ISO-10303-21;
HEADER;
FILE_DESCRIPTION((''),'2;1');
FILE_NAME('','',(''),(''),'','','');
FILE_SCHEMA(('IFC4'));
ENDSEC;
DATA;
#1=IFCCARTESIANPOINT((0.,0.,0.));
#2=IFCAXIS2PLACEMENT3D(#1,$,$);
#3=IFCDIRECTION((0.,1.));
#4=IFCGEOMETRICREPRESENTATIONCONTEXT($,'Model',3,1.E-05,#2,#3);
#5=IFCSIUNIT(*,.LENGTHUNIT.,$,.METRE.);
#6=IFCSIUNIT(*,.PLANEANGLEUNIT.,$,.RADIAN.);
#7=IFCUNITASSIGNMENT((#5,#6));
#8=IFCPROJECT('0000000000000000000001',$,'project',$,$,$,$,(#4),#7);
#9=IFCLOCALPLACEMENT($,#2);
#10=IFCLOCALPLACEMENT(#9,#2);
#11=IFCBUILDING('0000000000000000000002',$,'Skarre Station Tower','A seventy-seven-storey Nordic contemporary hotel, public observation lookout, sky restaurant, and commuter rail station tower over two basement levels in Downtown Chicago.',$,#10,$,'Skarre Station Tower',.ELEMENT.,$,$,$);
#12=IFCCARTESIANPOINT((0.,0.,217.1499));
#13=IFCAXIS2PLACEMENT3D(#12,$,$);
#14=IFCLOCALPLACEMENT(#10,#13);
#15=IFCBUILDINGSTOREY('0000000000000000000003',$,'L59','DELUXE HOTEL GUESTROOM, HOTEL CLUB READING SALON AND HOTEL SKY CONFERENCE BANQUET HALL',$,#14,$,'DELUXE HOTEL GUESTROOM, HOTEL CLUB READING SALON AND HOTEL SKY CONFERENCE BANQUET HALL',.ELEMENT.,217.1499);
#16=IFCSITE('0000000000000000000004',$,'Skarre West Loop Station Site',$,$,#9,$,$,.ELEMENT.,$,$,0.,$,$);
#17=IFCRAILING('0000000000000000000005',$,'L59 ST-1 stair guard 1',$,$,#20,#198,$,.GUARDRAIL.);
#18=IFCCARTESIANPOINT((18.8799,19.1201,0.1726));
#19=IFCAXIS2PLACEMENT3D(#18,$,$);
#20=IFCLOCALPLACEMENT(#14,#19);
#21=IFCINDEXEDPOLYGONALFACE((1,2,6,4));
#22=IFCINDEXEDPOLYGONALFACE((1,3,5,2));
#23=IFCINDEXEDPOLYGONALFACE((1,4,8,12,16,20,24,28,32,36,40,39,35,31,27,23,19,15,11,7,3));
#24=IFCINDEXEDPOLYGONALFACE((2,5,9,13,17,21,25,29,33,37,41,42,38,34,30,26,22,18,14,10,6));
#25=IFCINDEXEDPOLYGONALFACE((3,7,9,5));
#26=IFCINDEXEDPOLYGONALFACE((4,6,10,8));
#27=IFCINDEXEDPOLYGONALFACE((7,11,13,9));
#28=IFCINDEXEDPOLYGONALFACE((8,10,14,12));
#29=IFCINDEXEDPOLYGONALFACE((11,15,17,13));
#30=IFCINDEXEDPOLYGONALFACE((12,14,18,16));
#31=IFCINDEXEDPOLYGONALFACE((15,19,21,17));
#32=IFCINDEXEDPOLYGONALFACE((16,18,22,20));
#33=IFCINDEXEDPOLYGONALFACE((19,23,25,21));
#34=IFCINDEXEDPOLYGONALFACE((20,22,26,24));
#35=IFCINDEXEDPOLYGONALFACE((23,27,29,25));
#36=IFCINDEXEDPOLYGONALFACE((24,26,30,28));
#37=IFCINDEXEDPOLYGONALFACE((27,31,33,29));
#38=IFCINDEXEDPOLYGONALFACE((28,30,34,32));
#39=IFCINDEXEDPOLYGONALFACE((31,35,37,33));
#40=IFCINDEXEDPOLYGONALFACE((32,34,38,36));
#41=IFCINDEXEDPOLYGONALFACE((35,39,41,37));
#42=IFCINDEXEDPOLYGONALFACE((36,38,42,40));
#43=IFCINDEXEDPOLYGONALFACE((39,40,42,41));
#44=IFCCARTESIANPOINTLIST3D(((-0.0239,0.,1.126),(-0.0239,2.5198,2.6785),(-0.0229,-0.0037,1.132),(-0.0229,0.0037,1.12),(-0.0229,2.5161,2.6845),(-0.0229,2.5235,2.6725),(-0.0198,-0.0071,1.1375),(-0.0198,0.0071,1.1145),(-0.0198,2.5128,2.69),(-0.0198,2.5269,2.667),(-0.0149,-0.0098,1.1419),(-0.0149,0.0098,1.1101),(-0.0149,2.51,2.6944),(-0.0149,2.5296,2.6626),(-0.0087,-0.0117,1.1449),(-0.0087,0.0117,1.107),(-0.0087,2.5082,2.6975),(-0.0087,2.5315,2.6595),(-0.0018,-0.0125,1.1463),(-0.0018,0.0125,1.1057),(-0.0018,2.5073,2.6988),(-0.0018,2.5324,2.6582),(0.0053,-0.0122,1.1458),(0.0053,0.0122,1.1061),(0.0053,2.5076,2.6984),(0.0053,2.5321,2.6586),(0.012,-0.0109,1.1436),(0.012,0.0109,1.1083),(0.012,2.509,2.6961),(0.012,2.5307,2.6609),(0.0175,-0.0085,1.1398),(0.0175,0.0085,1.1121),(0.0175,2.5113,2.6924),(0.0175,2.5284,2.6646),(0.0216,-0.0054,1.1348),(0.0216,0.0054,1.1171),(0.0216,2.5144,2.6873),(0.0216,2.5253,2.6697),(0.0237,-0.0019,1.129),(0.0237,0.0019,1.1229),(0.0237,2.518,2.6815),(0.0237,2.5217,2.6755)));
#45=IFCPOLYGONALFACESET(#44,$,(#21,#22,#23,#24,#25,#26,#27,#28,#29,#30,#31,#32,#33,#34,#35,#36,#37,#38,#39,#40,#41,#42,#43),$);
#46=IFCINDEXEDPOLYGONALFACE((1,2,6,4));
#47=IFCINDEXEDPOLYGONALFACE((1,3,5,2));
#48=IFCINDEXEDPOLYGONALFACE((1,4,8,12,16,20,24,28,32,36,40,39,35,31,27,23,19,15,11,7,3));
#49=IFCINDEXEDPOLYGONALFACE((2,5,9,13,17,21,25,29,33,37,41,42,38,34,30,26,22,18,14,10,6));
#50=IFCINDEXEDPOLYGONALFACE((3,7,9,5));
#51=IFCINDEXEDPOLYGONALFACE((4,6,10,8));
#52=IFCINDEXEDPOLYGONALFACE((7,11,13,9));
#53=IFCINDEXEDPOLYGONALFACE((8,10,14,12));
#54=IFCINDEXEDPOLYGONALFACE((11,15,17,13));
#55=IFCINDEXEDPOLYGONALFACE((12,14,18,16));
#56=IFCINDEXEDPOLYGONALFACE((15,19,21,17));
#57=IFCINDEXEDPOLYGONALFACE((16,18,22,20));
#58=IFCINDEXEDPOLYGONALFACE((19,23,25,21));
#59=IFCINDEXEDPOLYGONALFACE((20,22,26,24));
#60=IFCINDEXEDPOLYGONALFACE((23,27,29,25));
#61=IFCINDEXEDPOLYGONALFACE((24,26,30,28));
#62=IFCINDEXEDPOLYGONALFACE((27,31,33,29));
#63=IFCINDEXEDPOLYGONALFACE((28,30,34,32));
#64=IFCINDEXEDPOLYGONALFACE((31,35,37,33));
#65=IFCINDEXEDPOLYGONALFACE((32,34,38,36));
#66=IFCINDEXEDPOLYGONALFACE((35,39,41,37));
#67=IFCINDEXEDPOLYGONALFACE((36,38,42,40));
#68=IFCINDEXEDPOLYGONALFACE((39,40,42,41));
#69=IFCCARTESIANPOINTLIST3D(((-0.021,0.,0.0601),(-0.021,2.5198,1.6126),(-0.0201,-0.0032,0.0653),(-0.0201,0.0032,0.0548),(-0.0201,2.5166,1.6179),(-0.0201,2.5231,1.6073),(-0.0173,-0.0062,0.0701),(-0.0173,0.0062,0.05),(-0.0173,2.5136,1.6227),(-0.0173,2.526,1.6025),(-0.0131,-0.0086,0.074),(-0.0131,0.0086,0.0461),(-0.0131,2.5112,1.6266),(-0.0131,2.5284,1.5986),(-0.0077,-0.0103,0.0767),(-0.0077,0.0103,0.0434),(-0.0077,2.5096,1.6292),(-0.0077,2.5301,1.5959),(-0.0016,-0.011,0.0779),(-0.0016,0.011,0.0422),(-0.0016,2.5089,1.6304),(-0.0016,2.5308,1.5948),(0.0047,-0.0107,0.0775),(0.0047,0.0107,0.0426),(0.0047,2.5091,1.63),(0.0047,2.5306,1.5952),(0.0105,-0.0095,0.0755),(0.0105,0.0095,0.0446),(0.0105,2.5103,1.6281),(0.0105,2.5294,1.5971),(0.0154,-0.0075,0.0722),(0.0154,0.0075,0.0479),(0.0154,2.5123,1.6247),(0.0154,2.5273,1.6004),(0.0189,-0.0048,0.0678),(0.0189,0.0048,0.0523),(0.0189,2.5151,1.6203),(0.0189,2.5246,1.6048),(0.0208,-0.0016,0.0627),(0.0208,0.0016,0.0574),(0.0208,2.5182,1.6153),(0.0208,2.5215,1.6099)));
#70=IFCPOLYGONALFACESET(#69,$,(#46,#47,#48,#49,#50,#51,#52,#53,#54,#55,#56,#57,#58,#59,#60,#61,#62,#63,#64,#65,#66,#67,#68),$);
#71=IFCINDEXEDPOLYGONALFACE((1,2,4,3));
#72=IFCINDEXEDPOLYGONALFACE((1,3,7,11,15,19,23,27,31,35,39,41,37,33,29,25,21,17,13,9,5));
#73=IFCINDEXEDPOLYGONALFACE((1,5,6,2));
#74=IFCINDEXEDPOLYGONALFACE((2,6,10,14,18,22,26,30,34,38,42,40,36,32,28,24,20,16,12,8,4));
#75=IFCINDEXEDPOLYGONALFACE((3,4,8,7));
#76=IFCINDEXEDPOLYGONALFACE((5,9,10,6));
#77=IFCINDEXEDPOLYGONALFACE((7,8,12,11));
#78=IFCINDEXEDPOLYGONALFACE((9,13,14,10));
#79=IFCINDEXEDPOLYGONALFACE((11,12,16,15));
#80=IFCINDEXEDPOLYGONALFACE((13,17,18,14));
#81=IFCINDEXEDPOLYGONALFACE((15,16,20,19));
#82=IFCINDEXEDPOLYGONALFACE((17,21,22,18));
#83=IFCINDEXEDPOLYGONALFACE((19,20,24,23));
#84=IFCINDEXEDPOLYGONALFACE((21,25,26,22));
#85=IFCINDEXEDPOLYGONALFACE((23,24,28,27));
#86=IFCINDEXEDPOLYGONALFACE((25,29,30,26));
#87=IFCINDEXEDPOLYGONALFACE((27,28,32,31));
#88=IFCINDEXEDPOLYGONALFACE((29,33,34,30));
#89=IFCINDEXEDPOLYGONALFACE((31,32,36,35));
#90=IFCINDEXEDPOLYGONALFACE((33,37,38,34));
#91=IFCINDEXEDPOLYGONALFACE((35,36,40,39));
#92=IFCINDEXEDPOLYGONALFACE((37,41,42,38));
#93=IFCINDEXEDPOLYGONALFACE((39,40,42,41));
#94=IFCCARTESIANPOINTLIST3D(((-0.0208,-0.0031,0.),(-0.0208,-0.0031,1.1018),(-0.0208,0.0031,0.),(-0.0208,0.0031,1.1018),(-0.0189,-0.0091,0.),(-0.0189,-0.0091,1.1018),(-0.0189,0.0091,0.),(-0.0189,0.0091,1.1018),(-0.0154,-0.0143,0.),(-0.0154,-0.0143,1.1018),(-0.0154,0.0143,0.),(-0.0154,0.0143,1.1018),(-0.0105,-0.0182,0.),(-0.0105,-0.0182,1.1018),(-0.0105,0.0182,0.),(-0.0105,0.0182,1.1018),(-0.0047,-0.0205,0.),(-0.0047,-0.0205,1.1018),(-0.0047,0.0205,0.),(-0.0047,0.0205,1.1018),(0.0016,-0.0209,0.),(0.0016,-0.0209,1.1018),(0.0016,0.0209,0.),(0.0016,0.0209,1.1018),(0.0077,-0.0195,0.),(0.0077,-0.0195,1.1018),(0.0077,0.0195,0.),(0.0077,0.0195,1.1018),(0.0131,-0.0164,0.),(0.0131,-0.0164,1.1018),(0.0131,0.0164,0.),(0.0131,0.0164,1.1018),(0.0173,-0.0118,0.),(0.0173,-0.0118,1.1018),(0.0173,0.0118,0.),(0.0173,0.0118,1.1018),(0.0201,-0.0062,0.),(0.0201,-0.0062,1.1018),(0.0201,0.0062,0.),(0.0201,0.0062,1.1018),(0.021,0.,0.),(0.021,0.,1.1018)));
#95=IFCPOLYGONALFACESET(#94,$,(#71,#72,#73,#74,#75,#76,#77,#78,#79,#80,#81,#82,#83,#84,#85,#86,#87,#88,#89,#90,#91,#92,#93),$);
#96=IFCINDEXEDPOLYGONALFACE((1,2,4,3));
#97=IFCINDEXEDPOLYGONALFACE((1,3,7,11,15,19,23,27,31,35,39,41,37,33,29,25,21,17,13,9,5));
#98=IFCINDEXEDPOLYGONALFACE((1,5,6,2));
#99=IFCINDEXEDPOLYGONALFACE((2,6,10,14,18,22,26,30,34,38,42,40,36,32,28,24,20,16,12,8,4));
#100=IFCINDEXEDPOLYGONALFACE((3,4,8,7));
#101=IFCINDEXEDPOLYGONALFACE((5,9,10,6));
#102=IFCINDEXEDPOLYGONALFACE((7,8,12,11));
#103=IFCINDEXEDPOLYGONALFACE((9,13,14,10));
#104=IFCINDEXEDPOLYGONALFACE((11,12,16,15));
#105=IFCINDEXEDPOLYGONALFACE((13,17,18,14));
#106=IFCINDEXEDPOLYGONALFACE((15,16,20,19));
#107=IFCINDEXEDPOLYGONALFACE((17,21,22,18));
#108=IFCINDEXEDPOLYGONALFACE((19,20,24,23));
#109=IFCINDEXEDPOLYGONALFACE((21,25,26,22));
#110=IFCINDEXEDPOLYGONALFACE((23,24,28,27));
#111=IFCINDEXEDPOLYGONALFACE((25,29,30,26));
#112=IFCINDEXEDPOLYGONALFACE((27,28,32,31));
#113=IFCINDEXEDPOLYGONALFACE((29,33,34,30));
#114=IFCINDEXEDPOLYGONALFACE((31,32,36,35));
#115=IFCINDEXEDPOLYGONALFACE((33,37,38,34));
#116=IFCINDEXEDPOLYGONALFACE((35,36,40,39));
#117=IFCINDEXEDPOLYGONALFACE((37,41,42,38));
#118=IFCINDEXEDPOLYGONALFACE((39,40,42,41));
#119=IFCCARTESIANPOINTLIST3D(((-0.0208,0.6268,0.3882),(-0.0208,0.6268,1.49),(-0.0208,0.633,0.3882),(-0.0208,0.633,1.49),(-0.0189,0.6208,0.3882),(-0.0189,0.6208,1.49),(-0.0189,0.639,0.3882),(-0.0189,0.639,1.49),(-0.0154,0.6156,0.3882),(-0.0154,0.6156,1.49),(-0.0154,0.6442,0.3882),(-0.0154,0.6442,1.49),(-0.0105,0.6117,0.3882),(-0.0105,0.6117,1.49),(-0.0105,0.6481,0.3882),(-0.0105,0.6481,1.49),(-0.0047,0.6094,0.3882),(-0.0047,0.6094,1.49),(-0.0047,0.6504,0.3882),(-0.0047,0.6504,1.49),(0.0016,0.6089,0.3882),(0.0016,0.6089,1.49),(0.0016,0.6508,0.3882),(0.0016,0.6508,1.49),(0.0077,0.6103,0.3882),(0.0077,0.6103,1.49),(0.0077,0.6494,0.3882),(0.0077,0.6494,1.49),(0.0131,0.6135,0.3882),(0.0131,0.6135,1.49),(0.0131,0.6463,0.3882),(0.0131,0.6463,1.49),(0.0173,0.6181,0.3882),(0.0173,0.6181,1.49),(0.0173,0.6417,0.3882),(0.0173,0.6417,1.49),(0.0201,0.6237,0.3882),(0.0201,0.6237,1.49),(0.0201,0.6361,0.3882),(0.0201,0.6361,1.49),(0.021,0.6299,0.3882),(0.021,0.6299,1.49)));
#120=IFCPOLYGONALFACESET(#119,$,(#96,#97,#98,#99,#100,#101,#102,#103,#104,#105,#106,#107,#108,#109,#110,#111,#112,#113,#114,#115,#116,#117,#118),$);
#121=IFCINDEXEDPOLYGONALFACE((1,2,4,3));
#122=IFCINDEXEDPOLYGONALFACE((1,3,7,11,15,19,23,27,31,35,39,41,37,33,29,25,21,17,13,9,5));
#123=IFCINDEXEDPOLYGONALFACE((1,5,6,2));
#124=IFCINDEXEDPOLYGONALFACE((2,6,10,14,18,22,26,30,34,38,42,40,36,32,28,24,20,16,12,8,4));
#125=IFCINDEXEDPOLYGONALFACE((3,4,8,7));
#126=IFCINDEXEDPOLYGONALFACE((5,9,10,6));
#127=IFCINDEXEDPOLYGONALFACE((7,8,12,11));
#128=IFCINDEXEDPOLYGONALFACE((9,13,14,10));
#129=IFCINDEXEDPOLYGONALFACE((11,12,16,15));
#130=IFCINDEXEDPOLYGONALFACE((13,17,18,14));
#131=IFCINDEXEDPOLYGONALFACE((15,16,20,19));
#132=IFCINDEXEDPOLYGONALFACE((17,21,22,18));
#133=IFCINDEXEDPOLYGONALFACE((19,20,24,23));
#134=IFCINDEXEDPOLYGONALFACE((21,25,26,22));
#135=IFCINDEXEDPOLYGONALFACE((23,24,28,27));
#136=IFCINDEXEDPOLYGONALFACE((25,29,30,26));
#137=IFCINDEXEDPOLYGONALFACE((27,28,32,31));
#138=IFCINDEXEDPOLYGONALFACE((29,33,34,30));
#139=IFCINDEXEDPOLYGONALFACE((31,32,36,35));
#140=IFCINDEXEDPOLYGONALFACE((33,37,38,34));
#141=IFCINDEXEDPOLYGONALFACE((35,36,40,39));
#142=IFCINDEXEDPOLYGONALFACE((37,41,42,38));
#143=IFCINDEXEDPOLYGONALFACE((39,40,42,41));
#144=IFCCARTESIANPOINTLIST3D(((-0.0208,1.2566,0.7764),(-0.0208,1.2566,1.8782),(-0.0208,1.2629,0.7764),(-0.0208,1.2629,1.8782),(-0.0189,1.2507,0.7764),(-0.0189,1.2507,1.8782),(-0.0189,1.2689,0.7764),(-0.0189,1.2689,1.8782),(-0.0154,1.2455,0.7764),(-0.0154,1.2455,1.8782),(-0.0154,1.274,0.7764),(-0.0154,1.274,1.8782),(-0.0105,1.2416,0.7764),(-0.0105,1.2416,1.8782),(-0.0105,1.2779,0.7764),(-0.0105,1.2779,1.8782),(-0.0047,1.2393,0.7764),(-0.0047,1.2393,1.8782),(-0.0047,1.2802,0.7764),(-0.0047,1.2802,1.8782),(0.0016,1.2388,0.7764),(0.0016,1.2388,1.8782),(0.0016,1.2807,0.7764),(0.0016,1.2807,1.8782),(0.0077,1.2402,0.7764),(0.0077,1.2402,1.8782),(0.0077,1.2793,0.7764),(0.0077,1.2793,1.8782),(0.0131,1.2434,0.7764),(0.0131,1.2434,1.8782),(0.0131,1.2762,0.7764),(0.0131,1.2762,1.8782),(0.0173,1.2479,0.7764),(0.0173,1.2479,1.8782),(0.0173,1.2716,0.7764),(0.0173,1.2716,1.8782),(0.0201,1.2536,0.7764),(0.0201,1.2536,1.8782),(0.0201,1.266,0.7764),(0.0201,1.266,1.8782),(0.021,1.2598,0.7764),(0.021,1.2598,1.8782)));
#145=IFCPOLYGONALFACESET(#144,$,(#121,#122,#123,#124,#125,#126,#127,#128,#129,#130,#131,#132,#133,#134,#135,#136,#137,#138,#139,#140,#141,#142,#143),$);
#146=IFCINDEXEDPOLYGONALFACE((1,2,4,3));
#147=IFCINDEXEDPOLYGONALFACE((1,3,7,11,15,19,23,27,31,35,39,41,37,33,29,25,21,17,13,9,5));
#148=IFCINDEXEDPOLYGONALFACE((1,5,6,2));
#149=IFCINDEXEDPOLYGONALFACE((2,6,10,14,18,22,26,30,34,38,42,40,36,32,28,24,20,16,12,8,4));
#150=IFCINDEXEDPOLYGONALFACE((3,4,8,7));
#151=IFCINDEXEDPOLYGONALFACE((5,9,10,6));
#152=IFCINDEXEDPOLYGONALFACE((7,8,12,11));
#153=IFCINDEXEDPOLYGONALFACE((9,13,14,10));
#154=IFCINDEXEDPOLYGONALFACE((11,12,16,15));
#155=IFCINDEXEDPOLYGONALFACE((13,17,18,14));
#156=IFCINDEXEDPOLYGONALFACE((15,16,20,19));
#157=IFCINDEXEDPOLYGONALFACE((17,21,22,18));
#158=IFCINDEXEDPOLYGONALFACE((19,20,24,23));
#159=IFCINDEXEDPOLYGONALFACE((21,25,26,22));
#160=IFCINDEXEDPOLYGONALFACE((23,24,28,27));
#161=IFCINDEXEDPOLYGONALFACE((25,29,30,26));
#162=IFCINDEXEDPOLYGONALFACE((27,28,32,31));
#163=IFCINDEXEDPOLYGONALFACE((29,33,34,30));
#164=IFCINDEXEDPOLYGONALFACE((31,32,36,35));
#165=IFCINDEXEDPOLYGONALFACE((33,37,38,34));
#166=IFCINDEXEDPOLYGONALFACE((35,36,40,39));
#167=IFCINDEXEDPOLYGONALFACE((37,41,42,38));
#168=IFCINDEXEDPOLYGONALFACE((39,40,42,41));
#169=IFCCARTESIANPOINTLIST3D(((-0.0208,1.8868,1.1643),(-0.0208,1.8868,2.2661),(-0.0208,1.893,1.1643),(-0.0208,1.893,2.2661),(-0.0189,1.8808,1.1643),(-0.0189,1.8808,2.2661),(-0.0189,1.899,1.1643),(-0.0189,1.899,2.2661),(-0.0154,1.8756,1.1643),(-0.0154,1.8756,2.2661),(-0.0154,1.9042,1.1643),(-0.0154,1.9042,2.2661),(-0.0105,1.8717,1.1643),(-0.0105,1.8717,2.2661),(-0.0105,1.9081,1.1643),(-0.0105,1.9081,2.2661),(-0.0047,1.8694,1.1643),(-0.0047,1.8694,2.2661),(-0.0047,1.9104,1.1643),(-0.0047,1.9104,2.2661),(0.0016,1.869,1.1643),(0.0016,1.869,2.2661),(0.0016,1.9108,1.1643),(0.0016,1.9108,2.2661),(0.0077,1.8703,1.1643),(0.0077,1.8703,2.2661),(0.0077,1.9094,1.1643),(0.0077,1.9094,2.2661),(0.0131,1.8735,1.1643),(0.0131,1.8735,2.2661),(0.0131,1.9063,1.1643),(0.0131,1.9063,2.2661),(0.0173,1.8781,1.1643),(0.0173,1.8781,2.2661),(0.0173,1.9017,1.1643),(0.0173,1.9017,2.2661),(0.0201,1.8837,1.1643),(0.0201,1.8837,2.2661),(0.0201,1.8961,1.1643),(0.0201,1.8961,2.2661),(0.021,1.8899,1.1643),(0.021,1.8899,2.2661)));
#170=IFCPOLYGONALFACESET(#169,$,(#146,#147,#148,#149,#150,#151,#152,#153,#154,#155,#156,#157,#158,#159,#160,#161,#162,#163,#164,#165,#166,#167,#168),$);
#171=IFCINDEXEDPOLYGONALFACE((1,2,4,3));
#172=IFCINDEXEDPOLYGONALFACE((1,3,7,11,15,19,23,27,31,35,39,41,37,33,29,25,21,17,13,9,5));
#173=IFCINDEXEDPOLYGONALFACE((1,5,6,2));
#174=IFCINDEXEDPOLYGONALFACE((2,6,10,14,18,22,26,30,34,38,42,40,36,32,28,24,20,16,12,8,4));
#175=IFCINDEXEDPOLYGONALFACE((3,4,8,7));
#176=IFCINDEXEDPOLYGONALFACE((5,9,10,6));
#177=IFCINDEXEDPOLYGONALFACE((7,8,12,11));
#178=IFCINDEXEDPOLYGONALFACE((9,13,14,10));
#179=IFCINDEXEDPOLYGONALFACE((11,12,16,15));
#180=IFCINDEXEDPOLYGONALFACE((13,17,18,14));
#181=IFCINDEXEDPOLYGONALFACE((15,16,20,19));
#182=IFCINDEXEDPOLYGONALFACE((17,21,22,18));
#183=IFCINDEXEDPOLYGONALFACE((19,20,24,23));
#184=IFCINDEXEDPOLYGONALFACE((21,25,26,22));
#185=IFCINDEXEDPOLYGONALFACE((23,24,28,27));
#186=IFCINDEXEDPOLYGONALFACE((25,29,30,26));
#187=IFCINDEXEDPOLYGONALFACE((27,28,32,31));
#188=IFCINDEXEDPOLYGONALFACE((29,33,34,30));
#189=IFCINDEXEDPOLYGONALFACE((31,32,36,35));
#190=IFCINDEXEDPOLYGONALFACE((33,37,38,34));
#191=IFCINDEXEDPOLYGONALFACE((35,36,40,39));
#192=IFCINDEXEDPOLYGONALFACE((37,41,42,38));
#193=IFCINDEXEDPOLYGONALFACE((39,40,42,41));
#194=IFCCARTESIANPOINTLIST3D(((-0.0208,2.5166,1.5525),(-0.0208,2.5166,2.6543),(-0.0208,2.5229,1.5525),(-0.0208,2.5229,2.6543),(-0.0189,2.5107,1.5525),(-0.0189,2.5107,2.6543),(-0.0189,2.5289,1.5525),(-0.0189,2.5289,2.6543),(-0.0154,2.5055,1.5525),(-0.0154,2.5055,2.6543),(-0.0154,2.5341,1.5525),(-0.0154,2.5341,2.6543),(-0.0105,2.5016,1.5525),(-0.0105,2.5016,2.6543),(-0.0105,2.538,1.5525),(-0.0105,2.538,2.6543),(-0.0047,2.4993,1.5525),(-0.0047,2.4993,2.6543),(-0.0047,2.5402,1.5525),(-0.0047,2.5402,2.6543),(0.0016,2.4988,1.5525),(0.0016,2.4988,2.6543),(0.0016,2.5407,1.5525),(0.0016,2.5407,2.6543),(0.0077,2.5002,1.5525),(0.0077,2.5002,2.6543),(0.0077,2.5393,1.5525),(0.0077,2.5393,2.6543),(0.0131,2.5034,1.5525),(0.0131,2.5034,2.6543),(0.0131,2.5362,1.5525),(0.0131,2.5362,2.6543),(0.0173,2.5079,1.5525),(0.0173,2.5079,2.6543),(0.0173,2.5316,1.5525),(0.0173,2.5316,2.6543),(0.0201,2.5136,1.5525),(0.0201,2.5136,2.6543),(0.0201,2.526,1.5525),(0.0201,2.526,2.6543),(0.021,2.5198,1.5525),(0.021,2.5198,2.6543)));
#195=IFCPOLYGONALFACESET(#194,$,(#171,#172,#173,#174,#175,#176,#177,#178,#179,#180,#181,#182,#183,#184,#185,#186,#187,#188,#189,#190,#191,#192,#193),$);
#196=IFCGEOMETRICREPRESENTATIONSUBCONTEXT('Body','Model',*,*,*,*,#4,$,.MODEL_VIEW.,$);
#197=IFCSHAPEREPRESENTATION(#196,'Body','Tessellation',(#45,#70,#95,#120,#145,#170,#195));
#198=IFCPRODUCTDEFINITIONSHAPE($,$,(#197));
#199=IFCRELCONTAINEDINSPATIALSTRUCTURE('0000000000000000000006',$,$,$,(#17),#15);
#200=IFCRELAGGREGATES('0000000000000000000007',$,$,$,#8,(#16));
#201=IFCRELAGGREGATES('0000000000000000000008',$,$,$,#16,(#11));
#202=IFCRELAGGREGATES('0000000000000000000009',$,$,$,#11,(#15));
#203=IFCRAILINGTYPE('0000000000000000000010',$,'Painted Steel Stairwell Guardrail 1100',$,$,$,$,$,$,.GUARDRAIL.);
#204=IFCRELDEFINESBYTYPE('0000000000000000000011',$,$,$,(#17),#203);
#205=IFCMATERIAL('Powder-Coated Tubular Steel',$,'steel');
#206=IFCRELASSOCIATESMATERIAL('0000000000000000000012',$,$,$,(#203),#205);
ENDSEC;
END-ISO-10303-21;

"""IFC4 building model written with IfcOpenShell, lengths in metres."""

from ifc_helpers import new_model, si_unit, direction, frame, origin, origin_2d, place, context, subcontext, project, spatial, circle, extrude, material, type_object, element, save


model = new_model("IFC4")

# Units and contexts
model_context = context("Model", 3, precision=1e-05, world=origin(), true_north=direction((0.0, 1.0)))
body_context = subcontext(model_context, "Body", "Model", "MODEL_VIEW")
ifc_project = project(units=[si_unit("LENGTHUNIT", "METRE"), si_unit("PLANEANGLEUNIT", "RADIAN")], contexts=[model_context])

# Site, building, storey
site_placement = place(None, origin())
site = spatial("IfcSite", under=ifc_project, at=site_placement, Name="Skarre West Loop Station Site", CompositionType="ELEMENT", RefElevation=0.0)
building_placement = place(site_placement, origin())
building = spatial("IfcBuilding", under=site, at=building_placement, Name="Skarre Station Tower", Description="A seventy-seven-storey Nordic contemporary hotel, public observation lookout, sky restaurant, and commuter rail station tower over two basement levels in Downtown Chicago.", LongName="Skarre Station Tower", CompositionType="ELEMENT")
storey_placement = place(building_placement, frame((0.0, 0.0, 217.1499)))
storey = spatial("IfcBuildingStorey", under=building, at=storey_placement, Name="L59", Description="DELUXE HOTEL GUESTROOM, HOTEL CLUB READING SALON AND HOTEL SKY CONFERENCE BANQUET HALL", LongName="DELUXE HOTEL GUESTROOM, HOTEL CLUB READING SALON AND HOTEL SKY CONFERENCE BANQUET HALL", CompositionType="ELEMENT", Elevation=217.1499)

# Railing
ifc_material_1 = material(Name="Powder-Coated Tubular Steel", Category="steel")
railing_type_1 = type_object("IfcRailingType", Name="Painted Steel Stairwell Guardrail 1100", PredefinedType="GUARDRAIL", material=ifc_material_1)
railing_1_placement = place(storey_placement, frame((18.8799, 19.1201, 0.1726)))
element("IfcRailing", 1, at=railing_1_placement, inside=storey, type_object=railing_type_1, Name="L59 ST-1 stair guard 1", PredefinedType="GUARDRAIL", context=body_context, shape_type="SweptSolid", body=[
    extrude(circle(Radius=0.0239, at=origin_2d()), frame((0.0, 0.0, 1.126), z_axis=(0.0, 0.851378, 0.524553), x_axis=(-1.0, 0.0, 0.0)), (0.0, 0.0, 1.0), 2.9597),
    extrude(circle(Radius=0.021, at=origin_2d()), frame((0.0, 0.0, 0.0601), z_axis=(0.0, 0.851378, 0.524553), x_axis=(-1.0, 0.0, 0.0)), (0.0, 0.0, 1.0), 2.9597),
    extrude(circle(Radius=0.021, at=origin_2d()), origin(), (0.0, 0.0, 1.0), 1.1018),
    extrude(circle(Radius=0.021, at=origin_2d()), frame((0.0, 0.6299, 0.3882)), (0.0, 0.0, 1.0), 1.1018),
    extrude(circle(Radius=0.021, at=origin_2d()), frame((0.0, 1.2598, 0.7764)), (0.0, 0.0, 1.0), 1.1018),
    extrude(circle(Radius=0.021, at=origin_2d()), frame((0.0, 1.8899, 1.1643)), (0.0, 0.0, 1.0), 1.1018),
    extrude(circle(Radius=0.021, at=origin_2d()), frame((0.0, 2.5198, 1.5525)), (0.0, 0.0, 1.0), 1.1018),
])

save(model, "model.ifc")
